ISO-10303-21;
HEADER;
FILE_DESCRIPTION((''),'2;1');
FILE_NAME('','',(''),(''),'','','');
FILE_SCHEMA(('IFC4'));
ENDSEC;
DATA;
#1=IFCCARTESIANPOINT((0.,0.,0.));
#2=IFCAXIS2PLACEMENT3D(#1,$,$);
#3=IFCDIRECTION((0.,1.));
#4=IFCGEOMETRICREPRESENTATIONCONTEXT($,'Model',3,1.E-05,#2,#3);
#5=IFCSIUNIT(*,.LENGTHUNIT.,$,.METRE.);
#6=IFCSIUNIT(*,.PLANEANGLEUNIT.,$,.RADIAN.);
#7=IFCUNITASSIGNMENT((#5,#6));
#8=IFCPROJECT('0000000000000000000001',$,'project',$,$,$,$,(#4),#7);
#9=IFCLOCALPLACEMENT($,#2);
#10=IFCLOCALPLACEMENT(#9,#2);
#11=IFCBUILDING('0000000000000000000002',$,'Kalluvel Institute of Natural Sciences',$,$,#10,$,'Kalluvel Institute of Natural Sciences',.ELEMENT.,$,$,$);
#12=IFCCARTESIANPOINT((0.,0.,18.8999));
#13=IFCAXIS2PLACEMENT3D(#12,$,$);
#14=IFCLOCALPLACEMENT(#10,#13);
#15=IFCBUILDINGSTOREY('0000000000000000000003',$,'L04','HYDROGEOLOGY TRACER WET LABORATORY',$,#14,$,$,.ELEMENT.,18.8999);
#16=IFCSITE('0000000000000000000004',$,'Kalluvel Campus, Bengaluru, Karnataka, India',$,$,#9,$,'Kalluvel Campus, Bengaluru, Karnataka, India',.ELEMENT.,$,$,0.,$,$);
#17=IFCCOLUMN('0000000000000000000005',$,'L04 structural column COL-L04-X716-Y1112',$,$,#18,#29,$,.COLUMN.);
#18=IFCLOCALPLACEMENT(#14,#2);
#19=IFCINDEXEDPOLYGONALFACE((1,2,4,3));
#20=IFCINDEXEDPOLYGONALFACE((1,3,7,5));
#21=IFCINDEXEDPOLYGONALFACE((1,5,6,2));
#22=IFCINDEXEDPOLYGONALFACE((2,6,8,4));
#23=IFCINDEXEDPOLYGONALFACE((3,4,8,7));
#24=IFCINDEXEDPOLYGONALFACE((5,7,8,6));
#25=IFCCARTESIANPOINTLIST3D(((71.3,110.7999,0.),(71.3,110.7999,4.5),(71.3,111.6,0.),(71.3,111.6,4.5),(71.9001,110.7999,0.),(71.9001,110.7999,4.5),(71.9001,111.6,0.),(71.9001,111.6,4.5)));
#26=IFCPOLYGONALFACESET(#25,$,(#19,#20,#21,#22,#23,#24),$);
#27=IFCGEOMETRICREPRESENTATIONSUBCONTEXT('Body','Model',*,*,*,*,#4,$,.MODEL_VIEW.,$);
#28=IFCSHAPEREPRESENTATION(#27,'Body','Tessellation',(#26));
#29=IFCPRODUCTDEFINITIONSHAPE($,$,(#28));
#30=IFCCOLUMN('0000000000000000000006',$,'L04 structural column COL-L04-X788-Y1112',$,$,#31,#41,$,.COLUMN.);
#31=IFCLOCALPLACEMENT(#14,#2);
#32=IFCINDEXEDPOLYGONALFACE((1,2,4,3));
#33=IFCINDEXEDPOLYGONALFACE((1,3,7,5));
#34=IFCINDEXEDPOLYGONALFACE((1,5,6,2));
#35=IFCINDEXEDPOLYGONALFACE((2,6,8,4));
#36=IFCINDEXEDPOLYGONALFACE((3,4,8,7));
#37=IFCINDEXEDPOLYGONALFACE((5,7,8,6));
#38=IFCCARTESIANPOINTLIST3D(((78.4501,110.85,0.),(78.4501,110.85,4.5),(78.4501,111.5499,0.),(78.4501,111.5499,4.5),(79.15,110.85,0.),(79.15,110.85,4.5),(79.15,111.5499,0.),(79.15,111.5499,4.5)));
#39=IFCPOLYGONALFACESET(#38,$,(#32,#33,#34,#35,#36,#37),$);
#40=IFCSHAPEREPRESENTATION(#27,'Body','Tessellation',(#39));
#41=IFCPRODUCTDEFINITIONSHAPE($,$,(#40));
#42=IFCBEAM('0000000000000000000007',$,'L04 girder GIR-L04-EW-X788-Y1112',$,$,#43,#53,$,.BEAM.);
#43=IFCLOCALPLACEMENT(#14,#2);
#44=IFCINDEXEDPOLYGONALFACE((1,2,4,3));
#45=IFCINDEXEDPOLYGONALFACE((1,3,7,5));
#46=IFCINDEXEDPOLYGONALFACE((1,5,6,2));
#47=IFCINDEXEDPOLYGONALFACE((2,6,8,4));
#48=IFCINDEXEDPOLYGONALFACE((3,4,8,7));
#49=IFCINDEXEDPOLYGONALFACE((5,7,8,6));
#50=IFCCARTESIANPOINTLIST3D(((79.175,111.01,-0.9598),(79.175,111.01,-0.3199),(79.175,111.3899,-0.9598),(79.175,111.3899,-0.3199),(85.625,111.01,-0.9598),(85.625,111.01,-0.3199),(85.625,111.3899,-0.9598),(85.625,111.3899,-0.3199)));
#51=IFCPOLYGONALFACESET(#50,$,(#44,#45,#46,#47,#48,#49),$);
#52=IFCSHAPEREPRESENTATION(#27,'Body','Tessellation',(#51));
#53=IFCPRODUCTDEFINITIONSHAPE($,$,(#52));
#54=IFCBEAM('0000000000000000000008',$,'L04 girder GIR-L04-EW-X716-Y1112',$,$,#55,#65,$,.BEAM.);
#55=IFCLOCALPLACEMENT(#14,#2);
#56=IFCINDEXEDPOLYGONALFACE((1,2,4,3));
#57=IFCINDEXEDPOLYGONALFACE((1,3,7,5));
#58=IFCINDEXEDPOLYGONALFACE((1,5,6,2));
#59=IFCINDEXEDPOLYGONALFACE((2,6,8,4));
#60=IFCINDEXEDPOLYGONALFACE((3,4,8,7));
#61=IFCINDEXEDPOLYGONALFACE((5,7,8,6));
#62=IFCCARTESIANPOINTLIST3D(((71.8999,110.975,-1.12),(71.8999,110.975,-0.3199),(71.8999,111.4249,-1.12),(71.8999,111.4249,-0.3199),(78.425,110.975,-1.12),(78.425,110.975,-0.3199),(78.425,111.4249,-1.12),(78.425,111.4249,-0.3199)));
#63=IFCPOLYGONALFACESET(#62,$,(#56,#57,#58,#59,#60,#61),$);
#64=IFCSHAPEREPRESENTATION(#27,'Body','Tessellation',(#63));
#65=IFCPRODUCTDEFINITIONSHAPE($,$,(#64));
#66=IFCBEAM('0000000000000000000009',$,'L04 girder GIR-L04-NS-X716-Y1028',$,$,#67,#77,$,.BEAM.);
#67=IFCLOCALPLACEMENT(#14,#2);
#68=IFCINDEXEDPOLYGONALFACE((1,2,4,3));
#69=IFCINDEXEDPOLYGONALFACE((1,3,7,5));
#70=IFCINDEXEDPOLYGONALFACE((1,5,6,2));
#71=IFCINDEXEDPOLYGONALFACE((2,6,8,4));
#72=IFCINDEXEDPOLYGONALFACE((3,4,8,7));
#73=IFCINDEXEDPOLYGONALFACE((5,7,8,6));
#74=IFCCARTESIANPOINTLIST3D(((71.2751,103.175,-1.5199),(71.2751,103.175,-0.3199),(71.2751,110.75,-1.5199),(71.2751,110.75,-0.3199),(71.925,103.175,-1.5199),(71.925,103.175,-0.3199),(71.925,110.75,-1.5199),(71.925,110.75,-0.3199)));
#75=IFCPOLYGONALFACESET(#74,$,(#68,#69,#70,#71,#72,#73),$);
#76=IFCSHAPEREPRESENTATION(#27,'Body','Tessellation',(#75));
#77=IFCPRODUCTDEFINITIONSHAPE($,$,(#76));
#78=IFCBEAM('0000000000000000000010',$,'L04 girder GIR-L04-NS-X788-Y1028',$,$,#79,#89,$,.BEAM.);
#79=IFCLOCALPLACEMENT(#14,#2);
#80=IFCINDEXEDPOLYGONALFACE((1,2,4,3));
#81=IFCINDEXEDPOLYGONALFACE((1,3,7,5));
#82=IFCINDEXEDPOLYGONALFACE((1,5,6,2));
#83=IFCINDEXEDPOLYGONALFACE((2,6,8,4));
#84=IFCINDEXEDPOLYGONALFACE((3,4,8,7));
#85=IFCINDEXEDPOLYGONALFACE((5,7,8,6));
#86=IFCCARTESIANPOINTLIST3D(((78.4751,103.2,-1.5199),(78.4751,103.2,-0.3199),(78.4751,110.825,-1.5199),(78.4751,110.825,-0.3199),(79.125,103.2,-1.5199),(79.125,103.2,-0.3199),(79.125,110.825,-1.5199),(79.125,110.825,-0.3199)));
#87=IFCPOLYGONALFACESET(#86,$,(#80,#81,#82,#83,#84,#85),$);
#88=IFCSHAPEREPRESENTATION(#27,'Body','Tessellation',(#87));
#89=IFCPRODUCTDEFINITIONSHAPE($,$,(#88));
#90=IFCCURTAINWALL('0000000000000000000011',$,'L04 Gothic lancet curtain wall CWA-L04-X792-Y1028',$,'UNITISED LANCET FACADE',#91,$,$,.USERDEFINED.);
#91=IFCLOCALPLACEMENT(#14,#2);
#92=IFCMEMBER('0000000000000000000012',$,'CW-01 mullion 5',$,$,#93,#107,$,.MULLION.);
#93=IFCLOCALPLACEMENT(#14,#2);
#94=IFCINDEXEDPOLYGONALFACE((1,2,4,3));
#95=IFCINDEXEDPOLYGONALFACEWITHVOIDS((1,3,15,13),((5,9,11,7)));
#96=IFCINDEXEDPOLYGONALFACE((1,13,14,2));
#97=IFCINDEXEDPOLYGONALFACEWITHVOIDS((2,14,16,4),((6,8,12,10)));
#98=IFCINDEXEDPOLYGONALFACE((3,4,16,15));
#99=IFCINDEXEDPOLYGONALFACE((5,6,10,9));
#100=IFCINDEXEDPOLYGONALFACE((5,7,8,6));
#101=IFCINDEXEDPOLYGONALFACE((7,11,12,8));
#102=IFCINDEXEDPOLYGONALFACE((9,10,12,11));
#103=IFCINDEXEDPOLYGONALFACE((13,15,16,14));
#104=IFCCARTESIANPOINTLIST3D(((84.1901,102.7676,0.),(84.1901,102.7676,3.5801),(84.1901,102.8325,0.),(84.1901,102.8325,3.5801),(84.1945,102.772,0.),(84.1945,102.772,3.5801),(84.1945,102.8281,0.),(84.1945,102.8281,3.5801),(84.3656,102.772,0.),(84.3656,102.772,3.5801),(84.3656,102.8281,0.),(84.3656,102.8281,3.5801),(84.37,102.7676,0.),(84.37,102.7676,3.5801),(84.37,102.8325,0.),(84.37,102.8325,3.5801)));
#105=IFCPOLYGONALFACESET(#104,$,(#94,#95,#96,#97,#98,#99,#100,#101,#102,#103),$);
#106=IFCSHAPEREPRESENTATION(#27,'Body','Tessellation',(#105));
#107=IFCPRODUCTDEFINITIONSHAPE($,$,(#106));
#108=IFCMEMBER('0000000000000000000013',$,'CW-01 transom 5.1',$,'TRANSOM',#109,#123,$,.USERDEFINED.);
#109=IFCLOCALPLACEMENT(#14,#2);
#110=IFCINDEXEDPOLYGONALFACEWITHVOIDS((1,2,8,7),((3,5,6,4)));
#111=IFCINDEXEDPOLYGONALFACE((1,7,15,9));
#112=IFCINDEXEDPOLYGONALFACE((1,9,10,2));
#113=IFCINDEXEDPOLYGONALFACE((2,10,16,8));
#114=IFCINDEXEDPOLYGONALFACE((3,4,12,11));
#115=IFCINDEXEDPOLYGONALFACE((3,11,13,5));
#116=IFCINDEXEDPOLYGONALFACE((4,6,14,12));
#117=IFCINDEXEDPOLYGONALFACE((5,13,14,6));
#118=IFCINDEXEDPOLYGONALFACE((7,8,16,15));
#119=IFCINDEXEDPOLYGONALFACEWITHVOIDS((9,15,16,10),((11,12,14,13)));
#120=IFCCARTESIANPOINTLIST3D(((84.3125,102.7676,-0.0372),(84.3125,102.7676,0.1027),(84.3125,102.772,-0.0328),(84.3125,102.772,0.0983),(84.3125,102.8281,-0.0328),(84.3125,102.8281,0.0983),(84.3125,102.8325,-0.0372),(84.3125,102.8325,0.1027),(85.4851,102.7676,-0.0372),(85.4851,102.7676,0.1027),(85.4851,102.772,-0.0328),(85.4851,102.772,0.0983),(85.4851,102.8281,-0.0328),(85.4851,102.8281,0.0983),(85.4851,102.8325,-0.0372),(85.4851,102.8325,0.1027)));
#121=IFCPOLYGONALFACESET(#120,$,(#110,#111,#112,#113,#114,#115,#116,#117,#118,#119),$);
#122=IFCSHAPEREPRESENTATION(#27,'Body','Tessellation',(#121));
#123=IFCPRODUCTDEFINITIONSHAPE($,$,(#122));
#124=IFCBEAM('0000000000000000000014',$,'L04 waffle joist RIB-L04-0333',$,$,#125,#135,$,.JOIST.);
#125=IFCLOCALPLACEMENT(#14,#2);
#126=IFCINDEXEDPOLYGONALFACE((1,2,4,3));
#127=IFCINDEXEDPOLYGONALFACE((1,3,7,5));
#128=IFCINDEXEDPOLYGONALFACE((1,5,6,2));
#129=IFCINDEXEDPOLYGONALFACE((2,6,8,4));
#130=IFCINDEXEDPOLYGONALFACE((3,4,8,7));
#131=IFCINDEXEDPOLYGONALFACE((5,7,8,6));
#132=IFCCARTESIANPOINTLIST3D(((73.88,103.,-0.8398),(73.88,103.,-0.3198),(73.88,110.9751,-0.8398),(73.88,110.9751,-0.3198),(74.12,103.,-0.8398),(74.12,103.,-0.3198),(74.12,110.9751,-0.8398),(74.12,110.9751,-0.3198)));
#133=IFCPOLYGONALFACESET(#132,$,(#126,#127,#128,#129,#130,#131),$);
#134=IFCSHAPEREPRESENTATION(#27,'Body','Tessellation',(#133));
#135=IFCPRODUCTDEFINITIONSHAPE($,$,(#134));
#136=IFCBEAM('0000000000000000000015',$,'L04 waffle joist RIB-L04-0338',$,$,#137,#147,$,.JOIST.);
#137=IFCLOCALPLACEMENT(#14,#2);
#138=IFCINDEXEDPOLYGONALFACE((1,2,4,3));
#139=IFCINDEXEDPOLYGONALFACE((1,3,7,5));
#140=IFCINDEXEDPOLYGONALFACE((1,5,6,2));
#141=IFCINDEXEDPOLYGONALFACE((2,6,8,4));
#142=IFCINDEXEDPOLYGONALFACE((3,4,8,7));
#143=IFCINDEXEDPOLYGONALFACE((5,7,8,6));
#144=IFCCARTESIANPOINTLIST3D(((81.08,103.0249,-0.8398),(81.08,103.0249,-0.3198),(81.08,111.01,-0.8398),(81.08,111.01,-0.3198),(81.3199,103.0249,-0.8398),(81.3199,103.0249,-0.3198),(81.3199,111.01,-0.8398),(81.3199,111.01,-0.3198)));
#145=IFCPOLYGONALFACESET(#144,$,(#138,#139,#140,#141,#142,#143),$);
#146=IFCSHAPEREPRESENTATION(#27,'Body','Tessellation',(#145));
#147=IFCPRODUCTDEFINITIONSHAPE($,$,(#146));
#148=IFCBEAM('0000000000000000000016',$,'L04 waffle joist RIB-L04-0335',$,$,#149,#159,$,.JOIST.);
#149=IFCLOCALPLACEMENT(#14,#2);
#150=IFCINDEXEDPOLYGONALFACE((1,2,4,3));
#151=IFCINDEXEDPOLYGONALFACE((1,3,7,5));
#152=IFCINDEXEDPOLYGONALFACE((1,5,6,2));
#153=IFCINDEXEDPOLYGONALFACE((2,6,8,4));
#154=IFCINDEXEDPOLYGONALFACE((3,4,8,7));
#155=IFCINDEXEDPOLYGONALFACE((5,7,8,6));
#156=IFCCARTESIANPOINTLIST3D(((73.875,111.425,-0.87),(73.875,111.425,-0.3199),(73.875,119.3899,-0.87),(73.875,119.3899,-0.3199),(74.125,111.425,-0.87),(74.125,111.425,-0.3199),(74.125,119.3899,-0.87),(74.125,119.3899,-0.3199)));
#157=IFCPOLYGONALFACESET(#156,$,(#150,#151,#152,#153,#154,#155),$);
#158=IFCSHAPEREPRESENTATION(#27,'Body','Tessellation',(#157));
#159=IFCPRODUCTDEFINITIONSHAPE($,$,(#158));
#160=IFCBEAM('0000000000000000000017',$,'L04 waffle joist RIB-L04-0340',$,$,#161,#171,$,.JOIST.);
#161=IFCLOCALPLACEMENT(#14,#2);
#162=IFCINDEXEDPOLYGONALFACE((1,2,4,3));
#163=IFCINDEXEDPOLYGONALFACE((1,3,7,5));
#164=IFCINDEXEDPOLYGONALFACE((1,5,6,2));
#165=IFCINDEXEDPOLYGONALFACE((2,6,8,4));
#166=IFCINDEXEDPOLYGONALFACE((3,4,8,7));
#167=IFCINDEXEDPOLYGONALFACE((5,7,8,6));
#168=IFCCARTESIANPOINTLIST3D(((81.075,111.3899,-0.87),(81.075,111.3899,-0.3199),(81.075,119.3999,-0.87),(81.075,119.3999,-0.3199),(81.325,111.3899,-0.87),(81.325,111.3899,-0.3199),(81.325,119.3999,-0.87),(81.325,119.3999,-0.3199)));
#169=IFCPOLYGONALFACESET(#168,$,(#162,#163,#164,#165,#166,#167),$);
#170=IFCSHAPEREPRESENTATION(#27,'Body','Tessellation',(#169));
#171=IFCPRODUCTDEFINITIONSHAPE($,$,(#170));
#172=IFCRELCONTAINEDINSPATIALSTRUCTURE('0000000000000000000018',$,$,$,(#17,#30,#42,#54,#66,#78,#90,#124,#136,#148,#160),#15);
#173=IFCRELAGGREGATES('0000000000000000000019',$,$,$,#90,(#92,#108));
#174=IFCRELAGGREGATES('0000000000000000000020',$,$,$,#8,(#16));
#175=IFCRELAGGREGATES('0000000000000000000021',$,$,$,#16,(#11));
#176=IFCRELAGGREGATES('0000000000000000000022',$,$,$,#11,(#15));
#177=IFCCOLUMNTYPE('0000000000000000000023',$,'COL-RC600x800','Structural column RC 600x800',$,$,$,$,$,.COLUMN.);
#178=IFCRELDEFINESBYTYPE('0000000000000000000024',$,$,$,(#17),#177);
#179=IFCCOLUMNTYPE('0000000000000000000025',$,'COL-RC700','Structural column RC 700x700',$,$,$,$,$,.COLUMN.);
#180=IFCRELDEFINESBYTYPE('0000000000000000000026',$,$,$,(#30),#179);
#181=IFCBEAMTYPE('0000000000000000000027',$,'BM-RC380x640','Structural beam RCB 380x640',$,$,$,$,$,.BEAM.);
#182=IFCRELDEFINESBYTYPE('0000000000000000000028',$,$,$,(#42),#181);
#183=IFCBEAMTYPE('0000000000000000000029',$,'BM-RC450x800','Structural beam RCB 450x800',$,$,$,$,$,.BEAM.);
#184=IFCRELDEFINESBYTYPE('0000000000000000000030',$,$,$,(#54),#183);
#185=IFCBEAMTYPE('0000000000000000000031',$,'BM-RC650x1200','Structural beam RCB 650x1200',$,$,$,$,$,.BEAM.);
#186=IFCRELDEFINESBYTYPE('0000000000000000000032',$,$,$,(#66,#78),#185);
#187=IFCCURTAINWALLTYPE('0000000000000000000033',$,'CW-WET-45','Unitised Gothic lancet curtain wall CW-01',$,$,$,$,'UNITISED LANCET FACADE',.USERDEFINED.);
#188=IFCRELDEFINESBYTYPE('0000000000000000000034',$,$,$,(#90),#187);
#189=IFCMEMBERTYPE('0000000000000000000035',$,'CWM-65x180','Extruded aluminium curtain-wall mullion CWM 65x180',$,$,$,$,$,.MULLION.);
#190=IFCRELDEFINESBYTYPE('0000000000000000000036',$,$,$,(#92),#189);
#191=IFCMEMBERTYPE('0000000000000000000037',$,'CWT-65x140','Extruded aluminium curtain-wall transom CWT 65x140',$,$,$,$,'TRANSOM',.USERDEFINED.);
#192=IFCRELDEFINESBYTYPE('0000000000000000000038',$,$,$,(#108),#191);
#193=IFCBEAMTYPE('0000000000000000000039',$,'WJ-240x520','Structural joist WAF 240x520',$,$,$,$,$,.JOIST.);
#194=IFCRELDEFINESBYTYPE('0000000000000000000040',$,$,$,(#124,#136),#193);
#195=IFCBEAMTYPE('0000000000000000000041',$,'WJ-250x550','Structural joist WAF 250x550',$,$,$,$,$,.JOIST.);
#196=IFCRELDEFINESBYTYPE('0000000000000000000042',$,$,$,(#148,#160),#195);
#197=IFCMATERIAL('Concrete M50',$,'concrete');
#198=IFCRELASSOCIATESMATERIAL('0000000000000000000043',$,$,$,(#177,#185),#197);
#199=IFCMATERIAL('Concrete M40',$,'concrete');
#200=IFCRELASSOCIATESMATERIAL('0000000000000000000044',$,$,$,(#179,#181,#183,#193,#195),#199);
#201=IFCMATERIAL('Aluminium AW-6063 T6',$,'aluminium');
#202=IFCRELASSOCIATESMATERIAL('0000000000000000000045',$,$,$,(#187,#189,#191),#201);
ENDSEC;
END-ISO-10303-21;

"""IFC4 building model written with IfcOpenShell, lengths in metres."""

from ifc_helpers import new_model, si_unit, direction, frame, origin, origin_2d, place, context, subcontext, project, spatial, rectangle, hollow_rectangle, extrude, material, material_profile, profile_set, type_object, element, aggregate, save


model = new_model("IFC4")

# Units and contexts
model_context = context("Model", 3, precision=1e-05, world=origin(), true_north=direction((0.0, 1.0)))
body_context = subcontext(model_context, "Body", "Model", "MODEL_VIEW")
ifc_project = project(units=[si_unit("LENGTHUNIT", "METRE"), si_unit("PLANEANGLEUNIT", "RADIAN")], contexts=[model_context])

# Site, building, storey
site_placement = place(None, origin())
site = spatial("IfcSite", under=ifc_project, at=site_placement, Name="Kalluvel Campus, Bengaluru, Karnataka, India", LongName="Kalluvel Campus, Bengaluru, Karnataka, India", CompositionType="ELEMENT", RefElevation=0.0)
building_placement = place(site_placement, origin())
building = spatial("IfcBuilding", under=site, at=building_placement, Name="Kalluvel Institute of Natural Sciences", LongName="Kalluvel Institute of Natural Sciences", CompositionType="ELEMENT")
storey_placement = place(building_placement, frame((0.0, 0.0, 18.8999)))
storey = spatial("IfcBuildingStorey", under=building, at=storey_placement, Name="L04", Description="HYDROGEOLOGY TRACER WET LABORATORY", CompositionType="ELEMENT", Elevation=18.8999)

# Columns
ifc_material_1 = material(Name="Concrete M50", Category="concrete")
ifc_material_profile_1 = material_profile(ifc_material_1, rectangle(XDim=0.6001, YDim=0.8, at=origin_2d()), Name="RC 600x800")
ifc_profile_set_1 = profile_set([ifc_material_profile_1], Name="Concrete M50")
column_type_1 = type_object("IfcColumnType", Name="COL-RC600x800", Description="Structural column RC 600x800", PredefinedType="COLUMN", material=ifc_profile_set_1)
column_1_placement = place(storey_placement, frame((71.6001, 111.2, 0.0), z_axis=(0.0, 0.0, 1.0), x_axis=(1.0, 0.0, 0.0)))
element("IfcColumn", 1, at=column_1_placement, inside=storey, type_object=column_type_1, Name="L04 structural column COL-L04-X716-Y1112", PredefinedType="COLUMN", context=body_context, shape_type="SweptSolid", body=[
    extrude(rectangle(XDim=0.6001, YDim=0.8, at=origin_2d()), origin(), (0.0, 0.0, 1.0), 4.5),
])
ifc_material_2 = material(Name="Concrete M40", Category="concrete")
ifc_material_profile_2 = material_profile(ifc_material_2, rectangle(XDim=0.7, YDim=0.7, at=origin_2d()), Name="RC 700x700")
ifc_profile_set_2 = profile_set([ifc_material_profile_2], Name="Concrete M40")
column_type_2 = type_object("IfcColumnType", Name="COL-RC700", Description="Structural column RC 700x700", PredefinedType="COLUMN", material=ifc_profile_set_2)
column_2_placement = place(storey_placement, frame((78.8, 111.2, 0.0), z_axis=(0.0, 0.0, 1.0), x_axis=(1.0, 0.0, 0.0)))
element("IfcColumn", 2, at=column_2_placement, inside=storey, type_object=column_type_2, Name="L04 structural column COL-L04-X788-Y1112", PredefinedType="COLUMN", context=body_context, shape_type="SweptSolid", body=[
    extrude(rectangle(XDim=0.7, YDim=0.7, at=origin_2d()), origin(), (0.0, 0.0, 1.0), 4.5),
])

# Beams
ifc_material_profile_3 = material_profile(ifc_material_2, rectangle(XDim=0.3799, YDim=0.6399, at=origin_2d()), Name="RCB 380x640")
ifc_profile_set_3 = profile_set([ifc_material_profile_3], Name="Concrete M40")
beam_type_1 = type_object("IfcBeamType", Name="BM-RC380x640", Description="Structural beam RCB 380x640", PredefinedType="BEAM", material=ifc_profile_set_3)
beam_1_placement = place(storey_placement, frame((79.175, 111.2, -0.6399), z_axis=(1.0, 0.0, 0.0), x_axis=(0.0, 1.0, 0.0)))
element("IfcBeam", 3, at=beam_1_placement, inside=storey, type_object=beam_type_1, Name="L04 girder GIR-L04-EW-X788-Y1112", PredefinedType="BEAM", context=body_context, shape_type="SweptSolid", body=[
    extrude(rectangle(XDim=0.3799, YDim=0.6399, at=origin_2d()), origin(), (0.0, 0.0, 1.0), 6.45),
])
ifc_material_profile_4 = material_profile(ifc_material_2, rectangle(XDim=0.45, YDim=0.8, at=origin_2d()), Name="RCB 450x800")
ifc_profile_set_4 = profile_set([ifc_material_profile_4], Name="Concrete M40")
beam_type_2 = type_object("IfcBeamType", Name="BM-RC450x800", Description="Structural beam RCB 450x800", PredefinedType="BEAM", material=ifc_profile_set_4)
beam_2_placement = place(storey_placement, frame((71.8999, 111.2, -0.72), z_axis=(1.0, 0.0, 0.0), x_axis=(0.0, 1.0, 0.0)))
element("IfcBeam", 4, at=beam_2_placement, inside=storey, type_object=beam_type_2, Name="L04 girder GIR-L04-EW-X716-Y1112", PredefinedType="BEAM", context=body_context, shape_type="SweptSolid", body=[
    extrude(rectangle(XDim=0.45, YDim=0.8, at=origin_2d()), origin(), (0.0, 0.0, 1.0), 6.5251),
])
ifc_material_profile_5 = material_profile(ifc_material_1, rectangle(XDim=0.6499, YDim=1.2, at=origin_2d()), Name="RCB 650x1200")
ifc_profile_set_5 = profile_set([ifc_material_profile_5], Name="Concrete M50")
beam_type_3 = type_object("IfcBeamType", Name="BM-RC650x1200", Description="Structural beam RCB 650x1200", PredefinedType="BEAM", material=ifc_profile_set_5)
beam_3_placement = place(storey_placement, frame((71.6001, 103.175, -0.9199), z_axis=(0.0, 1.0, 0.0), x_axis=(-1.0, 0.0, 0.0)))
element("IfcBeam", 5, at=beam_3_placement, inside=storey, type_object=beam_type_3, Name="L04 girder GIR-L04-NS-X716-Y1028", PredefinedType="BEAM", context=body_context, shape_type="SweptSolid", body=[
    extrude(rectangle(XDim=0.6499, YDim=1.2, at=origin_2d()), origin(), (0.0, 0.0, 1.0), 7.575),
])
beam_4_placement = place(storey_placement, frame((78.8, 103.2, -0.9199), z_axis=(0.0, 1.0, 0.0), x_axis=(-1.0, 0.0, 0.0)))
element("IfcBeam", 6, at=beam_4_placement, inside=storey, type_object=beam_type_3, Name="L04 girder GIR-L04-NS-X788-Y1028", PredefinedType="BEAM", context=body_context, shape_type="SweptSolid", body=[
    extrude(rectangle(XDim=0.6499, YDim=1.2, at=origin_2d()), origin(), (0.0, 0.0, 1.0), 7.625),
])

# Curtain wall, members
ifc_material_3 = material(Name="Aluminium AW-6063 T6", Category="aluminium")
curtain_wall_type = type_object("IfcCurtainWallType", Name="CW-WET-45", Description="Unitised Gothic lancet curtain wall CW-01", ElementType="UNITISED LANCET FACADE", PredefinedType="USERDEFINED", material=ifc_material_3)
curtain_wall_placement = place(storey_placement, origin())
curtain_wall = element("IfcCurtainWall", 7, at=curtain_wall_placement, inside=storey, type_object=curtain_wall_type, Name="L04 Gothic lancet curtain wall CWA-L04-X792-Y1028", ObjectType="UNITISED LANCET FACADE", PredefinedType="USERDEFINED")
ifc_material_profile_6 = material_profile(ifc_material_3, hollow_rectangle(XDim=0.0649, YDim=0.1799, WallThickness=0.0044, at=origin_2d()), Name="CWM 65x180")
ifc_profile_set_6 = profile_set([ifc_material_profile_6], Name="Aluminium AW-6063 T6")
member_type_1 = type_object("IfcMemberType", Name="CWM-65x180", Description="Extruded aluminium curtain-wall mullion CWM 65x180", PredefinedType="MULLION", material=ifc_profile_set_6)
member_1_placement = place(storey_placement, frame((84.28, 102.8, 0.0), z_axis=(0.0, 0.0, 1.0), x_axis=(0.0, 1.0, 0.0)))
member_1 = element("IfcMember", 8, at=member_1_placement, type_object=member_type_1, Name="CW-01 mullion 5", PredefinedType="MULLION", context=body_context, shape_type="SweptSolid", body=[
    extrude(hollow_rectangle(XDim=0.0649, YDim=0.1799, WallThickness=0.0044, at=origin_2d()), origin(), (0.0, 0.0, 1.0), 3.5801),
])
ifc_material_profile_7 = material_profile(ifc_material_3, hollow_rectangle(XDim=0.0649, YDim=0.1399, WallThickness=0.0044, at=origin_2d()), Name="CWT 65x140")
ifc_profile_set_7 = profile_set([ifc_material_profile_7], Name="Aluminium AW-6063 T6")
member_type_2 = type_object("IfcMemberType", Name="CWT-65x140", Description="Extruded aluminium curtain-wall transom CWT 65x140", ElementType="TRANSOM", PredefinedType="USERDEFINED", material=ifc_profile_set_7)
member_2_placement = place(storey_placement, frame((84.3125, 102.8, 0.0327), z_axis=(1.0, 0.0, 0.0), x_axis=(0.0, 1.0, 0.0)))
member_2 = element("IfcMember", 9, at=member_2_placement, type_object=member_type_2, Name="CW-01 transom 5.1", ObjectType="TRANSOM", PredefinedType="USERDEFINED", context=body_context, shape_type="SweptSolid", body=[
    extrude(hollow_rectangle(XDim=0.0649, YDim=0.1399, WallThickness=0.0044, at=origin_2d()), origin(), (0.0, 0.0, 1.0), 1.1726),
])

# Beams
ifc_material_profile_8 = material_profile(ifc_material_2, rectangle(XDim=0.24, YDim=0.52, at=origin_2d()), Name="WAF 240x520")
ifc_profile_set_8 = profile_set([ifc_material_profile_8], Name="Concrete M40")
beam_type_4 = type_object("IfcBeamType", Name="WJ-240x520", Description="Structural joist WAF 240x520", PredefinedType="JOIST", material=ifc_profile_set_8)
beam_5_placement = place(storey_placement, frame((74.0, 103.0, -0.5798), z_axis=(0.0, 1.0, 0.0), x_axis=(-1.0, 0.0, 0.0)))
element("IfcBeam", 10, at=beam_5_placement, inside=storey, type_object=beam_type_4, Name="L04 waffle joist RIB-L04-0333", PredefinedType="JOIST", context=body_context, shape_type="SweptSolid", body=[
    extrude(rectangle(XDim=0.24, YDim=0.52, at=origin_2d()), origin(), (0.0, 0.0, 1.0), 7.9751),
])
beam_6_placement = place(storey_placement, frame((81.2, 103.0249, -0.5798), z_axis=(0.0, 1.0, 0.0), x_axis=(-1.0, 0.0, 0.0)))
element("IfcBeam", 11, at=beam_6_placement, inside=storey, type_object=beam_type_4, Name="L04 waffle joist RIB-L04-0338", PredefinedType="JOIST", context=body_context, shape_type="SweptSolid", body=[
    extrude(rectangle(XDim=0.24, YDim=0.52, at=origin_2d()), origin(), (0.0, 0.0, 1.0), 7.9851),
])
ifc_material_profile_9 = material_profile(ifc_material_2, rectangle(XDim=0.25, YDim=0.55, at=origin_2d()), Name="WAF 250x550")
ifc_profile_set_9 = profile_set([ifc_material_profile_9], Name="Concrete M40")
beam_type_5 = type_object("IfcBeamType", Name="WJ-250x550", Description="Structural joist WAF 250x550", PredefinedType="JOIST", material=ifc_profile_set_9)
beam_7_placement = place(storey_placement, frame((74.0, 111.425, -0.595), z_axis=(0.0, 1.0, 0.0), x_axis=(-1.0, 0.0, 0.0)))
element("IfcBeam", 12, at=beam_7_placement, inside=storey, type_object=beam_type_5, Name="L04 waffle joist RIB-L04-0335", PredefinedType="JOIST", context=body_context, shape_type="SweptSolid", body=[
    extrude(rectangle(XDim=0.25, YDim=0.55, at=origin_2d()), origin(), (0.0, 0.0, 1.0), 7.9648),
])
beam_8_placement = place(storey_placement, frame((81.2, 111.3899, -0.595), z_axis=(0.0, 1.0, 0.0), x_axis=(-1.0, 0.0, 0.0)))
element("IfcBeam", 13, at=beam_8_placement, inside=storey, type_object=beam_type_5, Name="L04 waffle joist RIB-L04-0340", PredefinedType="JOIST", context=body_context, shape_type="SweptSolid", body=[
    extrude(rectangle(XDim=0.25, YDim=0.55, at=origin_2d()), origin(), (0.0, 0.0, 1.0), 8.01),
])

aggregate(curtain_wall, [member_1, member_2])

save(model, "model.ifc")
